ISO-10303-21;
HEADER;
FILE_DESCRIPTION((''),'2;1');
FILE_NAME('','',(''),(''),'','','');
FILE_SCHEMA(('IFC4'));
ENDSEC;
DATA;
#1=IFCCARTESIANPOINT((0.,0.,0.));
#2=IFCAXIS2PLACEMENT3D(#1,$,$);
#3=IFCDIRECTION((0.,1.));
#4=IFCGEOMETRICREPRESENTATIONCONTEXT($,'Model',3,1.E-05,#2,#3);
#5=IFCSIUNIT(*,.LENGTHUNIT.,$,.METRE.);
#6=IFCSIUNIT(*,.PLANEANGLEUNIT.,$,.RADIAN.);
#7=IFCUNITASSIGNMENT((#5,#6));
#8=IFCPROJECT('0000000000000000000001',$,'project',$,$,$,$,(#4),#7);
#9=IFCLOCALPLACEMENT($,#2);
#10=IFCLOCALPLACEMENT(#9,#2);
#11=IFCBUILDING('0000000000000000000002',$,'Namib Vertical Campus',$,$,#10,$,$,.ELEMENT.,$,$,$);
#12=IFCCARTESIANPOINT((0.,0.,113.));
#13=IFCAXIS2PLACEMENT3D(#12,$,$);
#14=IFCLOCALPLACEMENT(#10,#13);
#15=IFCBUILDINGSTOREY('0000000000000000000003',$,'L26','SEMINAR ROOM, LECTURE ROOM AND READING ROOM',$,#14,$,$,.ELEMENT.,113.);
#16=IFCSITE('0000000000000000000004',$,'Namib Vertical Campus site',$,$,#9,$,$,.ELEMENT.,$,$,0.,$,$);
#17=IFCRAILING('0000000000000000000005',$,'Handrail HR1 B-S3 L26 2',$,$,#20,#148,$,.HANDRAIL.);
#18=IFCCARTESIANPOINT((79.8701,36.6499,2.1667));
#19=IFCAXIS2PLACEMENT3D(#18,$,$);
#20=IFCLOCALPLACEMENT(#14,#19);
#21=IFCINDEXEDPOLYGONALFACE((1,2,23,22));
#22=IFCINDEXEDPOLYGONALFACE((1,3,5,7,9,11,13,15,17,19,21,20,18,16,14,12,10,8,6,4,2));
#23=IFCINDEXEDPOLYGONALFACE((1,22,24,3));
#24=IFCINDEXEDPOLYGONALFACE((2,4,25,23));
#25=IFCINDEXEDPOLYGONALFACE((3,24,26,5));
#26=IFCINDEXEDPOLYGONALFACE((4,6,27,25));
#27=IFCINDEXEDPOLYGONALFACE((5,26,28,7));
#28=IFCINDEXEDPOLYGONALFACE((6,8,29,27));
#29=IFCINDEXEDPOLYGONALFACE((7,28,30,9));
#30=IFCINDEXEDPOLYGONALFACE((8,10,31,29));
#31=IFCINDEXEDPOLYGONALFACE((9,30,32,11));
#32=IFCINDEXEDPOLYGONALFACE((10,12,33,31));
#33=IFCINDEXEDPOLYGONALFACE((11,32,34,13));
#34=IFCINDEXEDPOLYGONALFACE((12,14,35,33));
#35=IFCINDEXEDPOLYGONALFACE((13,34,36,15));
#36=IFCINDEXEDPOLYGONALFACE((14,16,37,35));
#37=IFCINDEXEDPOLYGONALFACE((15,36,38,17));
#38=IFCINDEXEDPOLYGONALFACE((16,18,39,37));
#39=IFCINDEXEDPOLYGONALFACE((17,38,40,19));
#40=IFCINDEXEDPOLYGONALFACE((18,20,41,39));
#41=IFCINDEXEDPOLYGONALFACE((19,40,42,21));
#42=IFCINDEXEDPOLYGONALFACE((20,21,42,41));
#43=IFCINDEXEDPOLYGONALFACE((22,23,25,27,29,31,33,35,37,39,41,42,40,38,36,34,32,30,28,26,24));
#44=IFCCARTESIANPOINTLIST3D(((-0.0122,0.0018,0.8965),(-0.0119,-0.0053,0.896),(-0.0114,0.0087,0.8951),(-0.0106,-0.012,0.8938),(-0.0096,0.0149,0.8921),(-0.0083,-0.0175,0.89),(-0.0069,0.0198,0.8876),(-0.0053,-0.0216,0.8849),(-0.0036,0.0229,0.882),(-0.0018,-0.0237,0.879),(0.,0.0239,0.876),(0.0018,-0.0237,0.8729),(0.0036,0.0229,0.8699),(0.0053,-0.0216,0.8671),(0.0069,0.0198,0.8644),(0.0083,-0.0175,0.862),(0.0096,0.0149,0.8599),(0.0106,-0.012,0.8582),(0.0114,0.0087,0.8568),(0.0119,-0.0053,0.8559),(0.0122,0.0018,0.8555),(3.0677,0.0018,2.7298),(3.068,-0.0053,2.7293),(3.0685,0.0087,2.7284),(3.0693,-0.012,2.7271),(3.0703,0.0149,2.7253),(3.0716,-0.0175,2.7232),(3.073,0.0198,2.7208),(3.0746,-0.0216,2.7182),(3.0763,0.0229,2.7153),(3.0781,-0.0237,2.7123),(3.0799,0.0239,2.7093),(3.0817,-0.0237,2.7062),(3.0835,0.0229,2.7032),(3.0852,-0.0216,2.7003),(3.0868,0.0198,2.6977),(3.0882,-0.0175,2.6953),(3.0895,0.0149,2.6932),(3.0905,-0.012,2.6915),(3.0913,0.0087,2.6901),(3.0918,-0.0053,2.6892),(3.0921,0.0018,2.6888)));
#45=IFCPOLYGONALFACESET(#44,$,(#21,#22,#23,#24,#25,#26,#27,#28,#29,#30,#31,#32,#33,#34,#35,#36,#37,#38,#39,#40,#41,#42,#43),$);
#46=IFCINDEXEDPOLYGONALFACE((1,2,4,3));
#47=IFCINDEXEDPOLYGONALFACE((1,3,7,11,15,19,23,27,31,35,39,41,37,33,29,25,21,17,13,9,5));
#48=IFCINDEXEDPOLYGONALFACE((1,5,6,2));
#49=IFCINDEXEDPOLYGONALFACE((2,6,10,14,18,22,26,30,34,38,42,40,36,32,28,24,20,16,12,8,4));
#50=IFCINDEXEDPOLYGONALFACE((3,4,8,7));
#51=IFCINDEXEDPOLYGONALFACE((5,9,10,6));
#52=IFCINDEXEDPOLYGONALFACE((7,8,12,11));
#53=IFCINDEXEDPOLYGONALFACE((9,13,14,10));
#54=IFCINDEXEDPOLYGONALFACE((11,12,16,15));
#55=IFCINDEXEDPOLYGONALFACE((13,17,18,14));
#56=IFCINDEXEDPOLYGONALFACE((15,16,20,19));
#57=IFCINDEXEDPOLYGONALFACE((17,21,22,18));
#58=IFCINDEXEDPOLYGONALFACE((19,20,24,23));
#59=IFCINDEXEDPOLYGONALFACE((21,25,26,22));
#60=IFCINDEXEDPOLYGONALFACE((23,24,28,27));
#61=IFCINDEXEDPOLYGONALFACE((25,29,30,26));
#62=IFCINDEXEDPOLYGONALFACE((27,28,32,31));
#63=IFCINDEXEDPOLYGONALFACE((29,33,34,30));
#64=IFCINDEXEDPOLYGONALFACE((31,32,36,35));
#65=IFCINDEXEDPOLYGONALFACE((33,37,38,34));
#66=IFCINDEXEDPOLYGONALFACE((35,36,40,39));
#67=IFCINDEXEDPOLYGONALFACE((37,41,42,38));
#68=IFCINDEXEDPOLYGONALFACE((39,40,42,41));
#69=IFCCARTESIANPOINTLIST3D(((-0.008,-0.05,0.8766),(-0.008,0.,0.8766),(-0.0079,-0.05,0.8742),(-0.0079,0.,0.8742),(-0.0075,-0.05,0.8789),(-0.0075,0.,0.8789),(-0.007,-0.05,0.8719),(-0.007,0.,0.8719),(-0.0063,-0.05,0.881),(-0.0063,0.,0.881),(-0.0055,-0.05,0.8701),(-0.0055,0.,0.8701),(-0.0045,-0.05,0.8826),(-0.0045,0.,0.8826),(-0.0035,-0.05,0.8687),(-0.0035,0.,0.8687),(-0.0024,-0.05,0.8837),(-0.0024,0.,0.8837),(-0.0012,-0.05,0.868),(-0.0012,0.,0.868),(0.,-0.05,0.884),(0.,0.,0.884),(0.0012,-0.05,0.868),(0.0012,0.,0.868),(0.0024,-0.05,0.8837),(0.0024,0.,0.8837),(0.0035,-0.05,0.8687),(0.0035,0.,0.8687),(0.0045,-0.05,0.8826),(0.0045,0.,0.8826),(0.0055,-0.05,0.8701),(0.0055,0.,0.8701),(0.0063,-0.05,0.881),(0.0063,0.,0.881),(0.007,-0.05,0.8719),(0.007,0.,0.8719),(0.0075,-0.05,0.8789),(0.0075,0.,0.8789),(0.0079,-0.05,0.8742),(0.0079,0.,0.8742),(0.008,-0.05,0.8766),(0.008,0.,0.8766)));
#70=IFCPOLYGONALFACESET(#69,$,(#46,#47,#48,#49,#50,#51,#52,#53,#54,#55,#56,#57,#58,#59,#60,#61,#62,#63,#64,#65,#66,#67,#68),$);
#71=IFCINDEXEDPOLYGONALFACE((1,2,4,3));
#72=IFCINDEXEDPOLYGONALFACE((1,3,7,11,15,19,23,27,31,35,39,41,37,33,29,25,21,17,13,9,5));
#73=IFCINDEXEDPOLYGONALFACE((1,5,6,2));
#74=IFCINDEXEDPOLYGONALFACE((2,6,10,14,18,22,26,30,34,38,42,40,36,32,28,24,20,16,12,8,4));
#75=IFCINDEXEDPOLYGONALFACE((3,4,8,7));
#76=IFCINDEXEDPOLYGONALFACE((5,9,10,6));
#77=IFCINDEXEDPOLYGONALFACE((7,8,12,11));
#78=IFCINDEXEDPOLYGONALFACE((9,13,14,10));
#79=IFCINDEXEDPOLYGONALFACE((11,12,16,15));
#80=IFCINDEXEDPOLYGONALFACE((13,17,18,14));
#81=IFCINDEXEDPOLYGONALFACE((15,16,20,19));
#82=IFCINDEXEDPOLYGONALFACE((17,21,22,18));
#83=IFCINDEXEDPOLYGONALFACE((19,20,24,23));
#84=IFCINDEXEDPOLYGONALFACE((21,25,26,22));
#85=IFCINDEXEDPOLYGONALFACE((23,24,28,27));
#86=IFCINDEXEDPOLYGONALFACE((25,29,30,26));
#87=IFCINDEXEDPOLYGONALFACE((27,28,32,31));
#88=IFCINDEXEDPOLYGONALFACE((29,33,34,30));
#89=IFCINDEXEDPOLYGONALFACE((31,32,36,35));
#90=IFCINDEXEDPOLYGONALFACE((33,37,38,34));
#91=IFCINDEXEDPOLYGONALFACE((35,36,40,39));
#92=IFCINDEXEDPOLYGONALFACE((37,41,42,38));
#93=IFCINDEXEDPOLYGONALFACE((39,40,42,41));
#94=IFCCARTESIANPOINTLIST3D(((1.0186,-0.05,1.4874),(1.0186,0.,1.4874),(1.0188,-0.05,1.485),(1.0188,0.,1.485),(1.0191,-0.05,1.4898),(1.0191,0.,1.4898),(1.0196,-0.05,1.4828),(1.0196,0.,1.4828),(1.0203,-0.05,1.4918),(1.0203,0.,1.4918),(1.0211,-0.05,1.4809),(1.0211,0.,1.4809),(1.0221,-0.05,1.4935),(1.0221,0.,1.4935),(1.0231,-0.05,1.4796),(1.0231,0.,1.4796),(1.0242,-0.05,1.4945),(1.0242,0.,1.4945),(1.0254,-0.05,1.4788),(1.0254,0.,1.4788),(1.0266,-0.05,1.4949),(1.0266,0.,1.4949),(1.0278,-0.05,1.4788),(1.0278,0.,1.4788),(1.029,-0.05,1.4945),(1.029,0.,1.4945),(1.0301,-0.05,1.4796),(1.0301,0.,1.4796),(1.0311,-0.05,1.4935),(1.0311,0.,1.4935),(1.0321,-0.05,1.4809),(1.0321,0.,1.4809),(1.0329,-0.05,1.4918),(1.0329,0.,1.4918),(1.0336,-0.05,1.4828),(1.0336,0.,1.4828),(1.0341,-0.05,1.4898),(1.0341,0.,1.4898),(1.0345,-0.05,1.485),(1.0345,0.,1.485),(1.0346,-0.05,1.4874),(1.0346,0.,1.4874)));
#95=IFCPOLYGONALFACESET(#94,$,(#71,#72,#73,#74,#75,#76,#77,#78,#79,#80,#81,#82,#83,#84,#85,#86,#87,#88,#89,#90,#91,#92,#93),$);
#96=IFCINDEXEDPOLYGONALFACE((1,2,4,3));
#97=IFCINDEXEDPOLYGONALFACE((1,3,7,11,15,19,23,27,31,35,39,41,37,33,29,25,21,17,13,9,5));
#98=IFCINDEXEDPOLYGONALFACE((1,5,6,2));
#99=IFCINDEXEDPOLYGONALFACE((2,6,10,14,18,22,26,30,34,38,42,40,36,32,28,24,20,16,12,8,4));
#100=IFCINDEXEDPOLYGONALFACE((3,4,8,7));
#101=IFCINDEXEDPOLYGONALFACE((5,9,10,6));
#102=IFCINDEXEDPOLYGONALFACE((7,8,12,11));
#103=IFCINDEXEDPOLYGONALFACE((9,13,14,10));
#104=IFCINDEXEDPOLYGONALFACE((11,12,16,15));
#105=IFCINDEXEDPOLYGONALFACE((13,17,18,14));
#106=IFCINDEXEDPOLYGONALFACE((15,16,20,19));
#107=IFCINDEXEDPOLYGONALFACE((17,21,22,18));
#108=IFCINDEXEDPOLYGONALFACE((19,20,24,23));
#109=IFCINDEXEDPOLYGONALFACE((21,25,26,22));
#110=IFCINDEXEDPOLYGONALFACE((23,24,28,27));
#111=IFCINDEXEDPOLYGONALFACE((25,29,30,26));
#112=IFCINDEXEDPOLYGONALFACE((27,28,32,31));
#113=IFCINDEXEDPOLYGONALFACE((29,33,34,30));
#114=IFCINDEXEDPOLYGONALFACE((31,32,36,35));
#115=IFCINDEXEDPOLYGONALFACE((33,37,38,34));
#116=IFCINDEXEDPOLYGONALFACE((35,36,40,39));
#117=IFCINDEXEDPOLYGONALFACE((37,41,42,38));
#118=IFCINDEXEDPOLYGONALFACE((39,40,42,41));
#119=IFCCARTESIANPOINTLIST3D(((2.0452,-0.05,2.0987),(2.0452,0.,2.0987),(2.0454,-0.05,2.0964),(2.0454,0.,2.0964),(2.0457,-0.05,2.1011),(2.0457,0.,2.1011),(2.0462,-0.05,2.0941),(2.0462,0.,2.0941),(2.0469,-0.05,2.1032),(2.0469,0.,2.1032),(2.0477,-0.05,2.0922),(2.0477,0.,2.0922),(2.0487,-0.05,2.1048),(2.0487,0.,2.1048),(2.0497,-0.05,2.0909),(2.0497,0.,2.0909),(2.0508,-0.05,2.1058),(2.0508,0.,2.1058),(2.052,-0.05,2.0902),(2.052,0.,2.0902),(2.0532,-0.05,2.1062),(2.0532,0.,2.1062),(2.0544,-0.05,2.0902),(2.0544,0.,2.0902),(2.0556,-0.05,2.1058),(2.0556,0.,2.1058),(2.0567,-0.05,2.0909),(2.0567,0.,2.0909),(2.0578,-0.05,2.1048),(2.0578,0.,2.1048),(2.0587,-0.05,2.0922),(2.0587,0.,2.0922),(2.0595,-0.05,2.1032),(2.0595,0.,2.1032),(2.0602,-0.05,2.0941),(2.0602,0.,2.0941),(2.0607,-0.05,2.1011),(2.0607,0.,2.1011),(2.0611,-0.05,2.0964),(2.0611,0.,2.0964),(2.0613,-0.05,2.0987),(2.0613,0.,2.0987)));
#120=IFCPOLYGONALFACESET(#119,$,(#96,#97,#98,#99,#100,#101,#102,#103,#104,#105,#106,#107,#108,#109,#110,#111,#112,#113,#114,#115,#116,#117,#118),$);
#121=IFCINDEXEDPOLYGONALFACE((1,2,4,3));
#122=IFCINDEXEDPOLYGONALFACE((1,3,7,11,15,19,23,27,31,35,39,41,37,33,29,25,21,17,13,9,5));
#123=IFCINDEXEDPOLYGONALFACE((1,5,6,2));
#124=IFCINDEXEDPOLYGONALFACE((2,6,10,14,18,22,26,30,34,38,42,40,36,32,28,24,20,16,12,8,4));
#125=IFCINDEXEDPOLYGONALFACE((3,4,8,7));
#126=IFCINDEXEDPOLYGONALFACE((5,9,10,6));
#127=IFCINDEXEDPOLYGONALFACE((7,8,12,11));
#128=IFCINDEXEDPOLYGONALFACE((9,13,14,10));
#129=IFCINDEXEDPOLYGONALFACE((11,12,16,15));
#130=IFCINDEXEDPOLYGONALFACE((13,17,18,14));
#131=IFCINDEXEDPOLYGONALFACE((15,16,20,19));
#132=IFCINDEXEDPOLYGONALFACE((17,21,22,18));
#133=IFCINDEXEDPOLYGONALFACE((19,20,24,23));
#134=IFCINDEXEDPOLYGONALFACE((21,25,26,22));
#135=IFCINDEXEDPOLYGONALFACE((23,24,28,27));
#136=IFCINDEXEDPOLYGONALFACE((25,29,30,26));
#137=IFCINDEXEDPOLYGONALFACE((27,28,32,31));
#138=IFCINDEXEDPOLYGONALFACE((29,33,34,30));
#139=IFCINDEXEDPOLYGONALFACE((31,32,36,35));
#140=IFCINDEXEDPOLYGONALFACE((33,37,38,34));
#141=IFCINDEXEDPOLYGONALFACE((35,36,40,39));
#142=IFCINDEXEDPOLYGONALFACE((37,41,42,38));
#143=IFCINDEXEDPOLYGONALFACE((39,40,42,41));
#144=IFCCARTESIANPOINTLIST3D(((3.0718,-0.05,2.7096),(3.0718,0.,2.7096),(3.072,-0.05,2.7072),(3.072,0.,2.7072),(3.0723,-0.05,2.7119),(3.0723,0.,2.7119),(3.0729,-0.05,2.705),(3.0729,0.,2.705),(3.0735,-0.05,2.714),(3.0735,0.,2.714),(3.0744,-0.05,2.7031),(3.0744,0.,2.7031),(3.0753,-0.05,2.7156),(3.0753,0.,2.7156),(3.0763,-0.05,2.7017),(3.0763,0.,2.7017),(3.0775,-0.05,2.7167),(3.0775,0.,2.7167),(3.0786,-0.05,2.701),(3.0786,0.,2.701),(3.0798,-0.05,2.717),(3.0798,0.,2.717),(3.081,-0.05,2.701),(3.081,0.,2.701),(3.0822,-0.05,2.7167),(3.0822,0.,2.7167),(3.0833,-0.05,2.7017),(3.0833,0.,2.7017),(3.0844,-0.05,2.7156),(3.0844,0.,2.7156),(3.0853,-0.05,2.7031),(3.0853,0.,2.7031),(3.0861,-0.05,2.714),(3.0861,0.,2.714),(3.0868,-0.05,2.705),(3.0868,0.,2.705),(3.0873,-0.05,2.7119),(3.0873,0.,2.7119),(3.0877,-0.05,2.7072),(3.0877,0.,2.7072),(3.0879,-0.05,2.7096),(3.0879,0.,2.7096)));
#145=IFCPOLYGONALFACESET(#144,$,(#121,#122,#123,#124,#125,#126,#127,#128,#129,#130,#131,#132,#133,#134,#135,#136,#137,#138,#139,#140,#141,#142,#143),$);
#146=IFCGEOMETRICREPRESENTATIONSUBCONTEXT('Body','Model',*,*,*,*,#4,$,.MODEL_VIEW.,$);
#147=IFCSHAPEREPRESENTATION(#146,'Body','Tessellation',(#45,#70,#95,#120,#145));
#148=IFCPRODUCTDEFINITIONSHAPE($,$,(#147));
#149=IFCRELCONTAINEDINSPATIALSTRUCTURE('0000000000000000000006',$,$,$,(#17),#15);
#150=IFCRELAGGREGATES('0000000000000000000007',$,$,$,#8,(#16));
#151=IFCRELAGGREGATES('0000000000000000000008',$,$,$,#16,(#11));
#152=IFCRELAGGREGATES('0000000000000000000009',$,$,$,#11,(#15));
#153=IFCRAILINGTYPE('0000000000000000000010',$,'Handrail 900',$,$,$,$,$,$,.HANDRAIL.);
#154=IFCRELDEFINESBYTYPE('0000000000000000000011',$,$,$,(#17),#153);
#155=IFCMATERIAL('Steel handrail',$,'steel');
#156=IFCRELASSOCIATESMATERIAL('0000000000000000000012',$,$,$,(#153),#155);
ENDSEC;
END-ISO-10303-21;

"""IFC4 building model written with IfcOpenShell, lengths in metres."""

from ifc_helpers import new_model, si_unit, direction, frame, origin, origin_2d, place, context, subcontext, project, spatial, circle, extrude, material, type_object, element, save


model = new_model("IFC4")

# Units and contexts
model_context = context("Model", 3, precision=1e-05, world=origin(), true_north=direction((0.0, 1.0)))
body_context = subcontext(model_context, "Body", "Model", "MODEL_VIEW")
ifc_project = project(units=[si_unit("LENGTHUNIT", "METRE"), si_unit("PLANEANGLEUNIT", "RADIAN")], contexts=[model_context])

# Site, building, storey
site_placement = place(None, origin())
site = spatial("IfcSite", under=ifc_project, at=site_placement, Name="Namib Vertical Campus site", CompositionType="ELEMENT", RefElevation=0.0)
building_placement = place(site_placement, origin())
building = spatial("IfcBuilding", under=site, at=building_placement, Name="Namib Vertical Campus", CompositionType="ELEMENT")
storey_placement = place(building_placement, frame((0.0, 0.0, 113.0)))
storey = spatial("IfcBuildingStorey", under=building, at=storey_placement, Name="L26", Description="SEMINAR ROOM, LECTURE ROOM AND READING ROOM", CompositionType="ELEMENT", Elevation=113.0)

# Railing
ifc_material_1 = material(Name="Steel handrail", Category="steel")
railing_type_1 = type_object("IfcRailingType", Name="Handrail 900", PredefinedType="HANDRAIL", material=ifc_material_1)
railing_1_placement = place(storey_placement, frame((79.8701, 36.6499, 2.1667)))
element("IfcRailing", 1, at=railing_1_placement, inside=storey, type_object=railing_type_1, Name="Handrail HR1 B-S3 L26 2", PredefinedType="HANDRAIL", context=body_context, shape_type="SweptSolid", body=[
    extrude(circle(Radius=0.0239, at=origin_2d()), frame((0.0, 0.0, 0.876), z_axis=(0.859291, 0.0, 0.511487), x_axis=(0.0, 1.0, 0.0)), (0.0, 0.0, 1.0), 3.5842),
    extrude(circle(Radius=0.0081, at=origin_2d()), frame((0.0, 0.0, 0.876), z_axis=(0.0, -1.0, 0.0), x_axis=(0.0, 0.0, 1.0)), (0.0, 0.0, 1.0), 0.05),
    extrude(circle(Radius=0.0081, at=origin_2d()), frame((1.0266, 0.0, 1.4868), z_axis=(0.0, -1.0, 0.0), x_axis=(0.0, 0.0, 1.0)), (0.0, 0.0, 1.0), 0.05),
    extrude(circle(Radius=0.0081, at=origin_2d()), frame((2.0532, 0.0, 2.0981), z_axis=(0.0, -1.0, 0.0), x_axis=(0.0, 0.0, 1.0)), (0.0, 0.0, 1.0), 0.05),
    extrude(circle(Radius=0.0081, at=origin_2d()), frame((3.0798, 0.0, 2.709), z_axis=(0.0, -1.0, 0.0), x_axis=(0.0, 0.0, 1.0)), (0.0, 0.0, 1.0), 0.05),
])

save(model, "model.ifc")
